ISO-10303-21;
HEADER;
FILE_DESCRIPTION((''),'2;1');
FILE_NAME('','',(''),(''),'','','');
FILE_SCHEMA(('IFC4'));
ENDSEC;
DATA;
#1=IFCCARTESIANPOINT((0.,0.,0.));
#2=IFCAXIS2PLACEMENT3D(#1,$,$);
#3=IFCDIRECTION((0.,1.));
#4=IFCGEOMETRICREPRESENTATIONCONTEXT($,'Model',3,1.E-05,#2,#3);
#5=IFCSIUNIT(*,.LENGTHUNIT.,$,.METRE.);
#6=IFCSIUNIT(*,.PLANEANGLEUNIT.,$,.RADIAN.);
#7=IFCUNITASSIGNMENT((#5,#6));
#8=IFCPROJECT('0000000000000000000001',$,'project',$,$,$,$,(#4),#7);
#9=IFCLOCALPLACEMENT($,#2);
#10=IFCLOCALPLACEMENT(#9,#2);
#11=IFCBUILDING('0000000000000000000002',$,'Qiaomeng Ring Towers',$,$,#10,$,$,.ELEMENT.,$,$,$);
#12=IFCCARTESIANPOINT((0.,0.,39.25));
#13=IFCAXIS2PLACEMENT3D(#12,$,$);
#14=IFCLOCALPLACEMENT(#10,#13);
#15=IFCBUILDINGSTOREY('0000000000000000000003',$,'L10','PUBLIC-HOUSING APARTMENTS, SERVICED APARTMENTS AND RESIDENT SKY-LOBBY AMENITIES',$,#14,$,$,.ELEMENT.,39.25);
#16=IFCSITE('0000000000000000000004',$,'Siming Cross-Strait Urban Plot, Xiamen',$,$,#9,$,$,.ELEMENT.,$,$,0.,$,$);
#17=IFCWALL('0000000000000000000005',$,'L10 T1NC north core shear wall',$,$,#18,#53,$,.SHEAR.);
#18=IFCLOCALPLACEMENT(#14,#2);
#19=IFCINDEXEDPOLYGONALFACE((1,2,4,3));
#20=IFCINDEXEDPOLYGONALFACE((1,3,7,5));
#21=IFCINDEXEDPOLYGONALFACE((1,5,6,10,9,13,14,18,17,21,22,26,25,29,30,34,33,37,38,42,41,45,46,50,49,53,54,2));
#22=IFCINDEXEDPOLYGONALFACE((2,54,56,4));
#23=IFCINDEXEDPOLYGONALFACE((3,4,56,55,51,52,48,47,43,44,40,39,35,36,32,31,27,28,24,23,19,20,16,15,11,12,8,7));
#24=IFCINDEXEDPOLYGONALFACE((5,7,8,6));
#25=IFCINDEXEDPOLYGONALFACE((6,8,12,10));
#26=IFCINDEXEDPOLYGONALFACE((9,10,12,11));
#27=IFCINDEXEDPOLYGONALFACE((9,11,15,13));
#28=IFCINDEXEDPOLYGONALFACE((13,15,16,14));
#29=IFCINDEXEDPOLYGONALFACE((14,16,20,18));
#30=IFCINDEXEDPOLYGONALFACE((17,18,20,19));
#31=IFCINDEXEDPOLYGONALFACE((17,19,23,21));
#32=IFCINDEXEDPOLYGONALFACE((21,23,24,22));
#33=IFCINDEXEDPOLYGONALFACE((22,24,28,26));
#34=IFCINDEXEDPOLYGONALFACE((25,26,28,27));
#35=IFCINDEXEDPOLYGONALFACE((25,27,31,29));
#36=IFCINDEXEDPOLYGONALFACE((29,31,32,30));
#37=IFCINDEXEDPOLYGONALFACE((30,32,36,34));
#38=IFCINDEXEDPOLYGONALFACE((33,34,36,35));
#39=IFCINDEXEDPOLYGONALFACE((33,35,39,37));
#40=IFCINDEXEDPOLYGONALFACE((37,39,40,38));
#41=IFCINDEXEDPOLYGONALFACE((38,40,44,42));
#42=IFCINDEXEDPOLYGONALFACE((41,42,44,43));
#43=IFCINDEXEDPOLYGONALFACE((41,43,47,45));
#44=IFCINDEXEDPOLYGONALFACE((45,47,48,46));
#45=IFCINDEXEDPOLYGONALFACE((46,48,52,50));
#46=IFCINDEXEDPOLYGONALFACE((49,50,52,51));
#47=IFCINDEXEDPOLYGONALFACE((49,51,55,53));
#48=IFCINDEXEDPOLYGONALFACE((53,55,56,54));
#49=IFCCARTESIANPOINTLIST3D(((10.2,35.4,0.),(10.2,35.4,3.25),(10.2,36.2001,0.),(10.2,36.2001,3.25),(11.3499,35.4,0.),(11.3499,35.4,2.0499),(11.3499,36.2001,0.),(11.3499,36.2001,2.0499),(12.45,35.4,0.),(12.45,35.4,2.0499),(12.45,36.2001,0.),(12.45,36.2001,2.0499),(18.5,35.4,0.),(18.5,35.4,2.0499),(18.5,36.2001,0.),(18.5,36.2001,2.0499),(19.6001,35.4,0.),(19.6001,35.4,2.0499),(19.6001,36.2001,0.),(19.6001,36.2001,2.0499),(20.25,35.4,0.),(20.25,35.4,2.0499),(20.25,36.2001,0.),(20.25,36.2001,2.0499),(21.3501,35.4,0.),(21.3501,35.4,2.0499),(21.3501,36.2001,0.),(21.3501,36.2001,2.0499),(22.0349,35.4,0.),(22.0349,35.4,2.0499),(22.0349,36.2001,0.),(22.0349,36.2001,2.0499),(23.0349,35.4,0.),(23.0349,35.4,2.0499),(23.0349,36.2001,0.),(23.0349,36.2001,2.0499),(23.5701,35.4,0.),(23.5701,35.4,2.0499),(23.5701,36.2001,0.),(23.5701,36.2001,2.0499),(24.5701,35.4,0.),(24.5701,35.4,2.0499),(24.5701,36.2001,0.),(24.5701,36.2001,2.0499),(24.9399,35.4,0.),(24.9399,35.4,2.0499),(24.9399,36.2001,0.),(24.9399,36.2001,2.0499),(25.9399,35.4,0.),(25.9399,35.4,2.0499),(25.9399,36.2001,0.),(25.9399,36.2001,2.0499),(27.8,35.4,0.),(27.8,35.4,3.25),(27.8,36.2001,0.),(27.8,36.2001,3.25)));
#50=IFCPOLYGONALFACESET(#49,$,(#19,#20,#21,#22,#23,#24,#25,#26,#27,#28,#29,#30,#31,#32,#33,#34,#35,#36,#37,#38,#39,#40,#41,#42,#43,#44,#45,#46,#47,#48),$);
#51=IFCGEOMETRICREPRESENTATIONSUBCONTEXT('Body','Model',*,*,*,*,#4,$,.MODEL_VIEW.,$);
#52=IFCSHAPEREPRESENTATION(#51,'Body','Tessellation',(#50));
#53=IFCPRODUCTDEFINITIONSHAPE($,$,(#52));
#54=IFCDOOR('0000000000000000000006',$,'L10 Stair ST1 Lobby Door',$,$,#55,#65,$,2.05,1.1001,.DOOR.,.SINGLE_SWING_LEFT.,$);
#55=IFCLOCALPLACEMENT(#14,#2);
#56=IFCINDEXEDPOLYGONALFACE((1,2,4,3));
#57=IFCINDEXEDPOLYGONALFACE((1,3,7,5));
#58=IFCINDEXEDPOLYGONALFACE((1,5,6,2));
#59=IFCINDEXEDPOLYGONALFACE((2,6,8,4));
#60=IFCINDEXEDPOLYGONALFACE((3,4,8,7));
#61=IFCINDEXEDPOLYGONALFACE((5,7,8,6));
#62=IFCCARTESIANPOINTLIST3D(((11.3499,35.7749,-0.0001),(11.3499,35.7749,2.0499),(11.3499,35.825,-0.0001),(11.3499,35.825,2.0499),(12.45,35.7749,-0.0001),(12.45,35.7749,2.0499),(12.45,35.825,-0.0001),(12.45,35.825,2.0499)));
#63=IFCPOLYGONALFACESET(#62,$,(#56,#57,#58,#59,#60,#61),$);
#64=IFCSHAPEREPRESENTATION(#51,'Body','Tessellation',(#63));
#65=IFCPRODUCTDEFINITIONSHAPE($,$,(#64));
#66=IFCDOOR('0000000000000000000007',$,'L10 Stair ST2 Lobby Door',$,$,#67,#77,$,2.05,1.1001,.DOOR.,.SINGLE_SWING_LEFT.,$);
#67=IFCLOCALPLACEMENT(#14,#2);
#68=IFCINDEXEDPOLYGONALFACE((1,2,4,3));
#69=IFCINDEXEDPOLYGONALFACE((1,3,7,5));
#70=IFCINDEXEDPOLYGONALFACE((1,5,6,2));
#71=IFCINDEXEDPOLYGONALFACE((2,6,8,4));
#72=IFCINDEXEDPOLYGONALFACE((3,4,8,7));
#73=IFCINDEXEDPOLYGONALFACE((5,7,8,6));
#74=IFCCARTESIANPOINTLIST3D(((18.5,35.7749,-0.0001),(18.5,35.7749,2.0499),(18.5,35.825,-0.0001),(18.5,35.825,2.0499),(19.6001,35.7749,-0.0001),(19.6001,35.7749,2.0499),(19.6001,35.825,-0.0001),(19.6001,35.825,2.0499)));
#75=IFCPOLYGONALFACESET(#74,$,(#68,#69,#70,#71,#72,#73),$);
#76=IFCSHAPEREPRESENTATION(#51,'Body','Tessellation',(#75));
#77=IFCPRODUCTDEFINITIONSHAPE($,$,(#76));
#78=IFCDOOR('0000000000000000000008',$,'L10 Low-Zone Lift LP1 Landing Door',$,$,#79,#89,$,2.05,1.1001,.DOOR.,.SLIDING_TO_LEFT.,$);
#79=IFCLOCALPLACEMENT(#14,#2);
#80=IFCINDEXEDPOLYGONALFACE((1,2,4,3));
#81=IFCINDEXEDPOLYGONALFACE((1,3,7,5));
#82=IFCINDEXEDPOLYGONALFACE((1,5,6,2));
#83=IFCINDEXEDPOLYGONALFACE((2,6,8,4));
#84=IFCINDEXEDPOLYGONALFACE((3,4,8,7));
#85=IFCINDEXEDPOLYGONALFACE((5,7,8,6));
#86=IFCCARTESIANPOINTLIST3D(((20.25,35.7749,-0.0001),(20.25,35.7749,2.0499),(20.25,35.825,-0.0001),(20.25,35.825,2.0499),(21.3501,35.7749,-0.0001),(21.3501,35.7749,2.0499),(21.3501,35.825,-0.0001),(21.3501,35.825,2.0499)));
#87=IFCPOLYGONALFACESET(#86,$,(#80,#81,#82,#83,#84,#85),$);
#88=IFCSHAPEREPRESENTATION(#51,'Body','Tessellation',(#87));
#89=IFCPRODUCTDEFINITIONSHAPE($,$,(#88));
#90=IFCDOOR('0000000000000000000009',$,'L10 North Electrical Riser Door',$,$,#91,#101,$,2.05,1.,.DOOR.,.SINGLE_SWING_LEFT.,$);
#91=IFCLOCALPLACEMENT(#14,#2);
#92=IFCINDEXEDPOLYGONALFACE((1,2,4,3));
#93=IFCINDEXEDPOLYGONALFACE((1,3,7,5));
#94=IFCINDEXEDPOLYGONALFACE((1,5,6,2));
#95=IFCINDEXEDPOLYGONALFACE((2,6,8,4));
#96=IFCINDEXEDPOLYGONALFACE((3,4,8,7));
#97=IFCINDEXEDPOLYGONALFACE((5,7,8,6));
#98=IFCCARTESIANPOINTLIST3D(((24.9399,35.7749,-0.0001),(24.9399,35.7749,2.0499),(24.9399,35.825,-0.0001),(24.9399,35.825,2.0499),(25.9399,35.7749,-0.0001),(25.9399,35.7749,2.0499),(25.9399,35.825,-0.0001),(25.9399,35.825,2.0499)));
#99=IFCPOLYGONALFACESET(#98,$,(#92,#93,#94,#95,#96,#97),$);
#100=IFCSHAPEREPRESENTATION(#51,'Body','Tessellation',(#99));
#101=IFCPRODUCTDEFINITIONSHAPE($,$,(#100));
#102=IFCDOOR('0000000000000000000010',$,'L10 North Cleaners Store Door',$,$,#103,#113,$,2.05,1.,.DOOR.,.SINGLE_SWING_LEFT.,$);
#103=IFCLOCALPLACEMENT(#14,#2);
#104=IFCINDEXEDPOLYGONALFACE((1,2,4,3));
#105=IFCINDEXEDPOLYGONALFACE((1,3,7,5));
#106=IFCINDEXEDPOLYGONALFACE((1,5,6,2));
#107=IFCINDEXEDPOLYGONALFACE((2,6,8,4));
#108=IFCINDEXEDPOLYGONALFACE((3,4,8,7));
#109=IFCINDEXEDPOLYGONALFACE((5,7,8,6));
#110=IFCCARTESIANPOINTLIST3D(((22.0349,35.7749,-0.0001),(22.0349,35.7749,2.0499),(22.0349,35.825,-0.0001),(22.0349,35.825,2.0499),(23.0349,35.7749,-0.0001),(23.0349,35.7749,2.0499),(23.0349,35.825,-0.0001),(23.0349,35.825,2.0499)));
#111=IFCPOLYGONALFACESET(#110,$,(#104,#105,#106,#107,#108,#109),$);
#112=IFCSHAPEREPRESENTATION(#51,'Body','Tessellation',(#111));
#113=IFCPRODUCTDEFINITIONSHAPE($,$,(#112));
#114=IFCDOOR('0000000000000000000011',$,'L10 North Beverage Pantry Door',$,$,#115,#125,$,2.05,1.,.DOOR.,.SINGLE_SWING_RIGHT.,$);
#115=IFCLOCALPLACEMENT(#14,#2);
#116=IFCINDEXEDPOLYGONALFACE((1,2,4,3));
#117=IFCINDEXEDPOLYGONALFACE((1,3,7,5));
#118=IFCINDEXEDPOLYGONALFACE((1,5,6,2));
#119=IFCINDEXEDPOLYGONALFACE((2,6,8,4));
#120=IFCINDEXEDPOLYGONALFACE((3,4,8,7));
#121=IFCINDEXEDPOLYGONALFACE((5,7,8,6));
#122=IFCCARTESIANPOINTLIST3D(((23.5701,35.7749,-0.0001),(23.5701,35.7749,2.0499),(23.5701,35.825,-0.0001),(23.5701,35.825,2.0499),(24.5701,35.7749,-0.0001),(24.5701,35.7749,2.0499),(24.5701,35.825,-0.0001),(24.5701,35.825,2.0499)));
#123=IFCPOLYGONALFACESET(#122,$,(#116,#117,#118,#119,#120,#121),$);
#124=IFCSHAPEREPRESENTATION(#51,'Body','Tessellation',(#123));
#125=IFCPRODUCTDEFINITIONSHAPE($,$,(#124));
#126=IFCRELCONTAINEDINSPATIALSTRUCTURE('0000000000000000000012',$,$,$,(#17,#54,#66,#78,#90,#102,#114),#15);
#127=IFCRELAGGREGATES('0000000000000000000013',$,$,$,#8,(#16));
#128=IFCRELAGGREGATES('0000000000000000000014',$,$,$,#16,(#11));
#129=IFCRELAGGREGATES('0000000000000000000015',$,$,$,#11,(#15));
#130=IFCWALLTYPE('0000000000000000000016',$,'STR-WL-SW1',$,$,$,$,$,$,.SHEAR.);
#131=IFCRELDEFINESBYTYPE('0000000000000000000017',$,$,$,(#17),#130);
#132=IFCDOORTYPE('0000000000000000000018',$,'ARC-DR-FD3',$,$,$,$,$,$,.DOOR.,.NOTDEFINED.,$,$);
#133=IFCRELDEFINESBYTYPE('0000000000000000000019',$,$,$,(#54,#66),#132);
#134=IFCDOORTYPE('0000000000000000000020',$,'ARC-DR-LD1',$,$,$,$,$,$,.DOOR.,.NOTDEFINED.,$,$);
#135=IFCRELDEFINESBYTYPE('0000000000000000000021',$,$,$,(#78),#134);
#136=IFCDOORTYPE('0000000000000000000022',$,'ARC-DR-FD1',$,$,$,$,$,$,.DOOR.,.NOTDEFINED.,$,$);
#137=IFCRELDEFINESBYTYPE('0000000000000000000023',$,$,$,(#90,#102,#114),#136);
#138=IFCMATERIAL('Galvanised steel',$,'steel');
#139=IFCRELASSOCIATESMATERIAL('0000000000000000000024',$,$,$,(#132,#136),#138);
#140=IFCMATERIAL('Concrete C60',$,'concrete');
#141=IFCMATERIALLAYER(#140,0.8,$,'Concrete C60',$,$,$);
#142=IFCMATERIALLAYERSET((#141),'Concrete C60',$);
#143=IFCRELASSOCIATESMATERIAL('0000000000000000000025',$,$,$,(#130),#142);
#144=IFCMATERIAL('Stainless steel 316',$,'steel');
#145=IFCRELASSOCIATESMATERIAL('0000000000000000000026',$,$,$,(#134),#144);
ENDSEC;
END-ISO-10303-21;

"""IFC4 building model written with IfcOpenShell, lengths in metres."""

from ifc_helpers import new_model, si_unit, direction, frame, frame_2d, origin, place, context, subcontext, project, spatial, rectangle, extrude, source, transform, mapped, material, layer, layer_set, type_object, element, fill, save


model = new_model("IFC4")

# Units and contexts
model_context = context("Model", 3, precision=1e-05, world=origin(), true_north=direction((0.0, 1.0)))
body_context = subcontext(model_context, "Body", "Model", "MODEL_VIEW")
ifc_project = project(units=[si_unit("LENGTHUNIT", "METRE"), si_unit("PLANEANGLEUNIT", "RADIAN")], contexts=[model_context])

# Site, building, storey
site_placement = place(None, origin())
site = spatial("IfcSite", under=ifc_project, at=site_placement, Name="Siming Cross-Strait Urban Plot, Xiamen", CompositionType="ELEMENT", RefElevation=0.0)
building_placement = place(site_placement, origin())
building = spatial("IfcBuilding", under=site, at=building_placement, Name="Qiaomeng Ring Towers", CompositionType="ELEMENT")
storey_placement = place(building_placement, frame((0.0, 0.0, 39.25)))
storey = spatial("IfcBuildingStorey", under=building, at=storey_placement, Name="L10", Description="PUBLIC-HOUSING APARTMENTS, SERVICED APARTMENTS AND RESIDENT SKY-LOBBY AMENITIES", CompositionType="ELEMENT", Elevation=39.25)

# Shared definitions
ifc_material_1 = material(Name="Concrete C60", Category="concrete")

# Shared definitions
shared_shape_1 = source(origin(), body_context, "Body", "SweptSolid", [
    extrude(rectangle(XDim=1.0, YDim=2.05, at=frame_2d((0.5, 1.0249))), frame((0.0, 0.0249, 0.0), z_axis=(0.0, -1.0, 0.0), x_axis=(1.0, 0.0, 0.0)), (0.0, 0.0, 1.0), 0.05),
])

# Shared definitions
ifc_material_2 = material(Name="Galvanised steel", Category="steel")
door_type_1 = type_object("IfcDoorType", Name="ARC-DR-FD3", OperationType="NOTDEFINED", PredefinedType="DOOR", material=ifc_material_2)
shared_shape_2 = source(origin(), body_context, "Body", "SweptSolid", [
    extrude(rectangle(XDim=1.1001, YDim=2.05, at=frame_2d((0.55, 1.0249))), frame((0.0, 0.0249, 0.0), z_axis=(0.0, -1.0, 0.0), x_axis=(1.0, 0.0, 0.0)), (0.0, 0.0, 1.0), 0.05),
])

# Wall, openings, doors
ifc_layer_1 = layer(ifc_material_1, 0.8, Name="Concrete C60")
ifc_layer_set_1 = layer_set([ifc_layer_1], Name="Concrete C60")
wall_type_1 = type_object("IfcWallType", Name="STR-WL-SW1", PredefinedType="SHEAR", material=ifc_layer_set_1)
wall_1_placement = place(storey_placement, frame((10.2, 35.8, 0.0), z_axis=(0.0, 0.0, 1.0), x_axis=(1.0, 0.0, 0.0)))
wall_1 = element("IfcWall", 1, at=wall_1_placement, inside=storey, type_object=wall_type_1, Name="L10 T1NC north core shear wall", PredefinedType="SHEAR", context=body_context, shape_type="SweptSolid", body=[
    extrude(rectangle(XDim=17.6001, YDim=0.8, at=frame_2d((8.8, 0.0))), origin(), (0.0, 0.0, 1.0), 3.25),
])
opening_1_placement = place(wall_1_placement, frame((1.1499, 0.0, 0.0)))
opening_1 = element("IfcOpeningElement", 2, at=opening_1_placement, cuts=wall_1, PredefinedType="OPENING", context=body_context, shape_type="SweptSolid", body=[
    extrude(rectangle(XDim=1.1001, YDim=2.05, at=frame_2d((0.55, 1.0249))), frame((0.0, 0.4099, 0.0), z_axis=(0.0, -1.0, 0.0), x_axis=(1.0, 0.0, 0.0)), (0.0, 0.0, 1.0), 0.8201),
])
opening_2_placement = place(wall_1_placement, frame((8.3, 0.0, 0.0)))
opening_2 = element("IfcOpeningElement", 3, at=opening_2_placement, cuts=wall_1, PredefinedType="OPENING", context=body_context, shape_type="SweptSolid", body=[
    extrude(rectangle(XDim=1.1001, YDim=2.05, at=frame_2d((0.55, 1.0249))), frame((0.0, 0.4099, 0.0), z_axis=(0.0, -1.0, 0.0), x_axis=(1.0, 0.0, 0.0)), (0.0, 0.0, 1.0), 0.8201),
])
opening_3_placement = place(wall_1_placement, frame((10.05, 0.0, 0.0)))
opening_3 = element("IfcOpeningElement", 4, at=opening_3_placement, cuts=wall_1, PredefinedType="OPENING", context=body_context, shape_type="SweptSolid", body=[
    extrude(rectangle(XDim=1.1001, YDim=2.05, at=frame_2d((0.55, 1.0249))), frame((0.0, 0.4099, 0.0), z_axis=(0.0, -1.0, 0.0), x_axis=(1.0, 0.0, 0.0)), (0.0, 0.0, 1.0), 0.8201),
])
opening_4_placement = place(wall_1_placement, frame((14.74, 0.0, 0.0)))
opening_4 = element("IfcOpeningElement", 5, at=opening_4_placement, cuts=wall_1, PredefinedType="OPENING", context=body_context, shape_type="SweptSolid", body=[
    extrude(rectangle(XDim=1.0, YDim=2.05, at=frame_2d((0.5, 1.0249))), frame((0.0, 0.4099, 0.0), z_axis=(0.0, -1.0, 0.0), x_axis=(1.0, 0.0, 0.0)), (0.0, 0.0, 1.0), 0.8201),
])
opening_5_placement = place(wall_1_placement, frame((11.835, 0.0, 0.0)))
opening_5 = element("IfcOpeningElement", 6, at=opening_5_placement, cuts=wall_1, PredefinedType="OPENING", context=body_context, shape_type="SweptSolid", body=[
    extrude(rectangle(XDim=1.0, YDim=2.05, at=frame_2d((0.5, 1.0249))), frame((0.0, 0.4099, 0.0), z_axis=(0.0, -1.0, 0.0), x_axis=(1.0, 0.0, 0.0)), (0.0, 0.0, 1.0), 0.8201),
])
opening_6_placement = place(wall_1_placement, frame((13.3701, 0.0, 0.0)))
opening_6 = element("IfcOpeningElement", 7, at=opening_6_placement, cuts=wall_1, PredefinedType="OPENING", context=body_context, shape_type="SweptSolid", body=[
    extrude(rectangle(XDim=1.0, YDim=2.05, at=frame_2d((0.5, 1.0249))), frame((0.0, 0.4099, 0.0), z_axis=(0.0, -1.0, 0.0), x_axis=(1.0, 0.0, 0.0)), (0.0, 0.0, 1.0), 0.8201),
])
door_1_placement = place(opening_1_placement, origin())
door_1 = element("IfcDoor", 8, at=door_1_placement, inside=storey, type_object=door_type_1, Name="L10 Stair ST1 Lobby Door", OperationType="SINGLE_SWING_LEFT", OverallHeight=2.05, OverallWidth=1.1001, PredefinedType="DOOR", context=body_context, shape_type="MappedRepresentation", body=[
    mapped(shared_shape_2, transform((0.0, 0.0, 0.0), x_axis=(1.0, 0.0, 0.0), y_axis=(0.0, 1.0, 0.0), z_axis=(0.0, 0.0, 1.0), scale=1.0)),
])
fill(opening_1, door_1)
door_2_placement = place(opening_2_placement, origin())
door_2 = element("IfcDoor", 9, at=door_2_placement, inside=storey, type_object=door_type_1, Name="L10 Stair ST2 Lobby Door", OperationType="SINGLE_SWING_LEFT", OverallHeight=2.05, OverallWidth=1.1001, PredefinedType="DOOR", context=body_context, shape_type="MappedRepresentation", body=[
    mapped(shared_shape_2, transform((0.0, 0.0, 0.0), x_axis=(1.0, 0.0, 0.0), y_axis=(0.0, 1.0, 0.0), z_axis=(0.0, 0.0, 1.0), scale=1.0)),
])
fill(opening_2, door_2)
ifc_material_3 = material(Name="Stainless steel 316", Category="steel")
door_type_2 = type_object("IfcDoorType", Name="ARC-DR-LD1", OperationType="NOTDEFINED", PredefinedType="DOOR", material=ifc_material_3)
door_3_placement = place(opening_3_placement, origin())
door_3 = element("IfcDoor", 10, at=door_3_placement, inside=storey, type_object=door_type_2, Name="L10 Low-Zone Lift LP1 Landing Door", OperationType="SLIDING_TO_LEFT", OverallHeight=2.05, OverallWidth=1.1001, PredefinedType="DOOR", context=body_context, shape_type="MappedRepresentation", body=[
    mapped(shared_shape_2, transform((0.0, 0.0, 0.0), x_axis=(1.0, 0.0, 0.0), y_axis=(0.0, 1.0, 0.0), z_axis=(0.0, 0.0, 1.0), scale=1.0)),
])
fill(opening_3, door_3)
door_type_3 = type_object("IfcDoorType", Name="ARC-DR-FD1", OperationType="NOTDEFINED", PredefinedType="DOOR", material=ifc_material_2)
door_4_placement = place(opening_4_placement, origin())
door_4 = element("IfcDoor", 11, at=door_4_placement, inside=storey, type_object=door_type_3, Name="L10 North Electrical Riser Door", OperationType="SINGLE_SWING_LEFT", OverallHeight=2.05, OverallWidth=1.0, PredefinedType="DOOR", context=body_context, shape_type="MappedRepresentation", body=[
    mapped(shared_shape_1, transform((0.0, 0.0, 0.0), x_axis=(1.0, 0.0, 0.0), y_axis=(0.0, 1.0, 0.0), z_axis=(0.0, 0.0, 1.0), scale=1.0)),
])
fill(opening_4, door_4)
door_5_placement = place(opening_5_placement, origin())
door_5 = element("IfcDoor", 12, at=door_5_placement, inside=storey, type_object=door_type_3, Name="L10 North Cleaners Store Door", OperationType="SINGLE_SWING_LEFT", OverallHeight=2.05, OverallWidth=1.0, PredefinedType="DOOR", context=body_context, shape_type="MappedRepresentation", body=[
    mapped(shared_shape_1, transform((0.0, 0.0, 0.0), x_axis=(1.0, 0.0, 0.0), y_axis=(0.0, 1.0, 0.0), z_axis=(0.0, 0.0, 1.0), scale=1.0)),
])
fill(opening_5, door_5)
door_6_placement = place(opening_6_placement, origin())
door_6 = element("IfcDoor", 13, at=door_6_placement, inside=storey, type_object=door_type_3, Name="L10 North Beverage Pantry Door", OperationType="SINGLE_SWING_RIGHT", OverallHeight=2.05, OverallWidth=1.0, PredefinedType="DOOR", context=body_context, shape_type="MappedRepresentation", body=[
    mapped(shared_shape_1, transform((0.0, 0.0, 0.0), x_axis=(1.0, 0.0, 0.0), y_axis=(0.0, 1.0, 0.0), z_axis=(0.0, 0.0, 1.0), scale=1.0)),
])
fill(opening_6, door_6)

save(model, "model.ifc")
